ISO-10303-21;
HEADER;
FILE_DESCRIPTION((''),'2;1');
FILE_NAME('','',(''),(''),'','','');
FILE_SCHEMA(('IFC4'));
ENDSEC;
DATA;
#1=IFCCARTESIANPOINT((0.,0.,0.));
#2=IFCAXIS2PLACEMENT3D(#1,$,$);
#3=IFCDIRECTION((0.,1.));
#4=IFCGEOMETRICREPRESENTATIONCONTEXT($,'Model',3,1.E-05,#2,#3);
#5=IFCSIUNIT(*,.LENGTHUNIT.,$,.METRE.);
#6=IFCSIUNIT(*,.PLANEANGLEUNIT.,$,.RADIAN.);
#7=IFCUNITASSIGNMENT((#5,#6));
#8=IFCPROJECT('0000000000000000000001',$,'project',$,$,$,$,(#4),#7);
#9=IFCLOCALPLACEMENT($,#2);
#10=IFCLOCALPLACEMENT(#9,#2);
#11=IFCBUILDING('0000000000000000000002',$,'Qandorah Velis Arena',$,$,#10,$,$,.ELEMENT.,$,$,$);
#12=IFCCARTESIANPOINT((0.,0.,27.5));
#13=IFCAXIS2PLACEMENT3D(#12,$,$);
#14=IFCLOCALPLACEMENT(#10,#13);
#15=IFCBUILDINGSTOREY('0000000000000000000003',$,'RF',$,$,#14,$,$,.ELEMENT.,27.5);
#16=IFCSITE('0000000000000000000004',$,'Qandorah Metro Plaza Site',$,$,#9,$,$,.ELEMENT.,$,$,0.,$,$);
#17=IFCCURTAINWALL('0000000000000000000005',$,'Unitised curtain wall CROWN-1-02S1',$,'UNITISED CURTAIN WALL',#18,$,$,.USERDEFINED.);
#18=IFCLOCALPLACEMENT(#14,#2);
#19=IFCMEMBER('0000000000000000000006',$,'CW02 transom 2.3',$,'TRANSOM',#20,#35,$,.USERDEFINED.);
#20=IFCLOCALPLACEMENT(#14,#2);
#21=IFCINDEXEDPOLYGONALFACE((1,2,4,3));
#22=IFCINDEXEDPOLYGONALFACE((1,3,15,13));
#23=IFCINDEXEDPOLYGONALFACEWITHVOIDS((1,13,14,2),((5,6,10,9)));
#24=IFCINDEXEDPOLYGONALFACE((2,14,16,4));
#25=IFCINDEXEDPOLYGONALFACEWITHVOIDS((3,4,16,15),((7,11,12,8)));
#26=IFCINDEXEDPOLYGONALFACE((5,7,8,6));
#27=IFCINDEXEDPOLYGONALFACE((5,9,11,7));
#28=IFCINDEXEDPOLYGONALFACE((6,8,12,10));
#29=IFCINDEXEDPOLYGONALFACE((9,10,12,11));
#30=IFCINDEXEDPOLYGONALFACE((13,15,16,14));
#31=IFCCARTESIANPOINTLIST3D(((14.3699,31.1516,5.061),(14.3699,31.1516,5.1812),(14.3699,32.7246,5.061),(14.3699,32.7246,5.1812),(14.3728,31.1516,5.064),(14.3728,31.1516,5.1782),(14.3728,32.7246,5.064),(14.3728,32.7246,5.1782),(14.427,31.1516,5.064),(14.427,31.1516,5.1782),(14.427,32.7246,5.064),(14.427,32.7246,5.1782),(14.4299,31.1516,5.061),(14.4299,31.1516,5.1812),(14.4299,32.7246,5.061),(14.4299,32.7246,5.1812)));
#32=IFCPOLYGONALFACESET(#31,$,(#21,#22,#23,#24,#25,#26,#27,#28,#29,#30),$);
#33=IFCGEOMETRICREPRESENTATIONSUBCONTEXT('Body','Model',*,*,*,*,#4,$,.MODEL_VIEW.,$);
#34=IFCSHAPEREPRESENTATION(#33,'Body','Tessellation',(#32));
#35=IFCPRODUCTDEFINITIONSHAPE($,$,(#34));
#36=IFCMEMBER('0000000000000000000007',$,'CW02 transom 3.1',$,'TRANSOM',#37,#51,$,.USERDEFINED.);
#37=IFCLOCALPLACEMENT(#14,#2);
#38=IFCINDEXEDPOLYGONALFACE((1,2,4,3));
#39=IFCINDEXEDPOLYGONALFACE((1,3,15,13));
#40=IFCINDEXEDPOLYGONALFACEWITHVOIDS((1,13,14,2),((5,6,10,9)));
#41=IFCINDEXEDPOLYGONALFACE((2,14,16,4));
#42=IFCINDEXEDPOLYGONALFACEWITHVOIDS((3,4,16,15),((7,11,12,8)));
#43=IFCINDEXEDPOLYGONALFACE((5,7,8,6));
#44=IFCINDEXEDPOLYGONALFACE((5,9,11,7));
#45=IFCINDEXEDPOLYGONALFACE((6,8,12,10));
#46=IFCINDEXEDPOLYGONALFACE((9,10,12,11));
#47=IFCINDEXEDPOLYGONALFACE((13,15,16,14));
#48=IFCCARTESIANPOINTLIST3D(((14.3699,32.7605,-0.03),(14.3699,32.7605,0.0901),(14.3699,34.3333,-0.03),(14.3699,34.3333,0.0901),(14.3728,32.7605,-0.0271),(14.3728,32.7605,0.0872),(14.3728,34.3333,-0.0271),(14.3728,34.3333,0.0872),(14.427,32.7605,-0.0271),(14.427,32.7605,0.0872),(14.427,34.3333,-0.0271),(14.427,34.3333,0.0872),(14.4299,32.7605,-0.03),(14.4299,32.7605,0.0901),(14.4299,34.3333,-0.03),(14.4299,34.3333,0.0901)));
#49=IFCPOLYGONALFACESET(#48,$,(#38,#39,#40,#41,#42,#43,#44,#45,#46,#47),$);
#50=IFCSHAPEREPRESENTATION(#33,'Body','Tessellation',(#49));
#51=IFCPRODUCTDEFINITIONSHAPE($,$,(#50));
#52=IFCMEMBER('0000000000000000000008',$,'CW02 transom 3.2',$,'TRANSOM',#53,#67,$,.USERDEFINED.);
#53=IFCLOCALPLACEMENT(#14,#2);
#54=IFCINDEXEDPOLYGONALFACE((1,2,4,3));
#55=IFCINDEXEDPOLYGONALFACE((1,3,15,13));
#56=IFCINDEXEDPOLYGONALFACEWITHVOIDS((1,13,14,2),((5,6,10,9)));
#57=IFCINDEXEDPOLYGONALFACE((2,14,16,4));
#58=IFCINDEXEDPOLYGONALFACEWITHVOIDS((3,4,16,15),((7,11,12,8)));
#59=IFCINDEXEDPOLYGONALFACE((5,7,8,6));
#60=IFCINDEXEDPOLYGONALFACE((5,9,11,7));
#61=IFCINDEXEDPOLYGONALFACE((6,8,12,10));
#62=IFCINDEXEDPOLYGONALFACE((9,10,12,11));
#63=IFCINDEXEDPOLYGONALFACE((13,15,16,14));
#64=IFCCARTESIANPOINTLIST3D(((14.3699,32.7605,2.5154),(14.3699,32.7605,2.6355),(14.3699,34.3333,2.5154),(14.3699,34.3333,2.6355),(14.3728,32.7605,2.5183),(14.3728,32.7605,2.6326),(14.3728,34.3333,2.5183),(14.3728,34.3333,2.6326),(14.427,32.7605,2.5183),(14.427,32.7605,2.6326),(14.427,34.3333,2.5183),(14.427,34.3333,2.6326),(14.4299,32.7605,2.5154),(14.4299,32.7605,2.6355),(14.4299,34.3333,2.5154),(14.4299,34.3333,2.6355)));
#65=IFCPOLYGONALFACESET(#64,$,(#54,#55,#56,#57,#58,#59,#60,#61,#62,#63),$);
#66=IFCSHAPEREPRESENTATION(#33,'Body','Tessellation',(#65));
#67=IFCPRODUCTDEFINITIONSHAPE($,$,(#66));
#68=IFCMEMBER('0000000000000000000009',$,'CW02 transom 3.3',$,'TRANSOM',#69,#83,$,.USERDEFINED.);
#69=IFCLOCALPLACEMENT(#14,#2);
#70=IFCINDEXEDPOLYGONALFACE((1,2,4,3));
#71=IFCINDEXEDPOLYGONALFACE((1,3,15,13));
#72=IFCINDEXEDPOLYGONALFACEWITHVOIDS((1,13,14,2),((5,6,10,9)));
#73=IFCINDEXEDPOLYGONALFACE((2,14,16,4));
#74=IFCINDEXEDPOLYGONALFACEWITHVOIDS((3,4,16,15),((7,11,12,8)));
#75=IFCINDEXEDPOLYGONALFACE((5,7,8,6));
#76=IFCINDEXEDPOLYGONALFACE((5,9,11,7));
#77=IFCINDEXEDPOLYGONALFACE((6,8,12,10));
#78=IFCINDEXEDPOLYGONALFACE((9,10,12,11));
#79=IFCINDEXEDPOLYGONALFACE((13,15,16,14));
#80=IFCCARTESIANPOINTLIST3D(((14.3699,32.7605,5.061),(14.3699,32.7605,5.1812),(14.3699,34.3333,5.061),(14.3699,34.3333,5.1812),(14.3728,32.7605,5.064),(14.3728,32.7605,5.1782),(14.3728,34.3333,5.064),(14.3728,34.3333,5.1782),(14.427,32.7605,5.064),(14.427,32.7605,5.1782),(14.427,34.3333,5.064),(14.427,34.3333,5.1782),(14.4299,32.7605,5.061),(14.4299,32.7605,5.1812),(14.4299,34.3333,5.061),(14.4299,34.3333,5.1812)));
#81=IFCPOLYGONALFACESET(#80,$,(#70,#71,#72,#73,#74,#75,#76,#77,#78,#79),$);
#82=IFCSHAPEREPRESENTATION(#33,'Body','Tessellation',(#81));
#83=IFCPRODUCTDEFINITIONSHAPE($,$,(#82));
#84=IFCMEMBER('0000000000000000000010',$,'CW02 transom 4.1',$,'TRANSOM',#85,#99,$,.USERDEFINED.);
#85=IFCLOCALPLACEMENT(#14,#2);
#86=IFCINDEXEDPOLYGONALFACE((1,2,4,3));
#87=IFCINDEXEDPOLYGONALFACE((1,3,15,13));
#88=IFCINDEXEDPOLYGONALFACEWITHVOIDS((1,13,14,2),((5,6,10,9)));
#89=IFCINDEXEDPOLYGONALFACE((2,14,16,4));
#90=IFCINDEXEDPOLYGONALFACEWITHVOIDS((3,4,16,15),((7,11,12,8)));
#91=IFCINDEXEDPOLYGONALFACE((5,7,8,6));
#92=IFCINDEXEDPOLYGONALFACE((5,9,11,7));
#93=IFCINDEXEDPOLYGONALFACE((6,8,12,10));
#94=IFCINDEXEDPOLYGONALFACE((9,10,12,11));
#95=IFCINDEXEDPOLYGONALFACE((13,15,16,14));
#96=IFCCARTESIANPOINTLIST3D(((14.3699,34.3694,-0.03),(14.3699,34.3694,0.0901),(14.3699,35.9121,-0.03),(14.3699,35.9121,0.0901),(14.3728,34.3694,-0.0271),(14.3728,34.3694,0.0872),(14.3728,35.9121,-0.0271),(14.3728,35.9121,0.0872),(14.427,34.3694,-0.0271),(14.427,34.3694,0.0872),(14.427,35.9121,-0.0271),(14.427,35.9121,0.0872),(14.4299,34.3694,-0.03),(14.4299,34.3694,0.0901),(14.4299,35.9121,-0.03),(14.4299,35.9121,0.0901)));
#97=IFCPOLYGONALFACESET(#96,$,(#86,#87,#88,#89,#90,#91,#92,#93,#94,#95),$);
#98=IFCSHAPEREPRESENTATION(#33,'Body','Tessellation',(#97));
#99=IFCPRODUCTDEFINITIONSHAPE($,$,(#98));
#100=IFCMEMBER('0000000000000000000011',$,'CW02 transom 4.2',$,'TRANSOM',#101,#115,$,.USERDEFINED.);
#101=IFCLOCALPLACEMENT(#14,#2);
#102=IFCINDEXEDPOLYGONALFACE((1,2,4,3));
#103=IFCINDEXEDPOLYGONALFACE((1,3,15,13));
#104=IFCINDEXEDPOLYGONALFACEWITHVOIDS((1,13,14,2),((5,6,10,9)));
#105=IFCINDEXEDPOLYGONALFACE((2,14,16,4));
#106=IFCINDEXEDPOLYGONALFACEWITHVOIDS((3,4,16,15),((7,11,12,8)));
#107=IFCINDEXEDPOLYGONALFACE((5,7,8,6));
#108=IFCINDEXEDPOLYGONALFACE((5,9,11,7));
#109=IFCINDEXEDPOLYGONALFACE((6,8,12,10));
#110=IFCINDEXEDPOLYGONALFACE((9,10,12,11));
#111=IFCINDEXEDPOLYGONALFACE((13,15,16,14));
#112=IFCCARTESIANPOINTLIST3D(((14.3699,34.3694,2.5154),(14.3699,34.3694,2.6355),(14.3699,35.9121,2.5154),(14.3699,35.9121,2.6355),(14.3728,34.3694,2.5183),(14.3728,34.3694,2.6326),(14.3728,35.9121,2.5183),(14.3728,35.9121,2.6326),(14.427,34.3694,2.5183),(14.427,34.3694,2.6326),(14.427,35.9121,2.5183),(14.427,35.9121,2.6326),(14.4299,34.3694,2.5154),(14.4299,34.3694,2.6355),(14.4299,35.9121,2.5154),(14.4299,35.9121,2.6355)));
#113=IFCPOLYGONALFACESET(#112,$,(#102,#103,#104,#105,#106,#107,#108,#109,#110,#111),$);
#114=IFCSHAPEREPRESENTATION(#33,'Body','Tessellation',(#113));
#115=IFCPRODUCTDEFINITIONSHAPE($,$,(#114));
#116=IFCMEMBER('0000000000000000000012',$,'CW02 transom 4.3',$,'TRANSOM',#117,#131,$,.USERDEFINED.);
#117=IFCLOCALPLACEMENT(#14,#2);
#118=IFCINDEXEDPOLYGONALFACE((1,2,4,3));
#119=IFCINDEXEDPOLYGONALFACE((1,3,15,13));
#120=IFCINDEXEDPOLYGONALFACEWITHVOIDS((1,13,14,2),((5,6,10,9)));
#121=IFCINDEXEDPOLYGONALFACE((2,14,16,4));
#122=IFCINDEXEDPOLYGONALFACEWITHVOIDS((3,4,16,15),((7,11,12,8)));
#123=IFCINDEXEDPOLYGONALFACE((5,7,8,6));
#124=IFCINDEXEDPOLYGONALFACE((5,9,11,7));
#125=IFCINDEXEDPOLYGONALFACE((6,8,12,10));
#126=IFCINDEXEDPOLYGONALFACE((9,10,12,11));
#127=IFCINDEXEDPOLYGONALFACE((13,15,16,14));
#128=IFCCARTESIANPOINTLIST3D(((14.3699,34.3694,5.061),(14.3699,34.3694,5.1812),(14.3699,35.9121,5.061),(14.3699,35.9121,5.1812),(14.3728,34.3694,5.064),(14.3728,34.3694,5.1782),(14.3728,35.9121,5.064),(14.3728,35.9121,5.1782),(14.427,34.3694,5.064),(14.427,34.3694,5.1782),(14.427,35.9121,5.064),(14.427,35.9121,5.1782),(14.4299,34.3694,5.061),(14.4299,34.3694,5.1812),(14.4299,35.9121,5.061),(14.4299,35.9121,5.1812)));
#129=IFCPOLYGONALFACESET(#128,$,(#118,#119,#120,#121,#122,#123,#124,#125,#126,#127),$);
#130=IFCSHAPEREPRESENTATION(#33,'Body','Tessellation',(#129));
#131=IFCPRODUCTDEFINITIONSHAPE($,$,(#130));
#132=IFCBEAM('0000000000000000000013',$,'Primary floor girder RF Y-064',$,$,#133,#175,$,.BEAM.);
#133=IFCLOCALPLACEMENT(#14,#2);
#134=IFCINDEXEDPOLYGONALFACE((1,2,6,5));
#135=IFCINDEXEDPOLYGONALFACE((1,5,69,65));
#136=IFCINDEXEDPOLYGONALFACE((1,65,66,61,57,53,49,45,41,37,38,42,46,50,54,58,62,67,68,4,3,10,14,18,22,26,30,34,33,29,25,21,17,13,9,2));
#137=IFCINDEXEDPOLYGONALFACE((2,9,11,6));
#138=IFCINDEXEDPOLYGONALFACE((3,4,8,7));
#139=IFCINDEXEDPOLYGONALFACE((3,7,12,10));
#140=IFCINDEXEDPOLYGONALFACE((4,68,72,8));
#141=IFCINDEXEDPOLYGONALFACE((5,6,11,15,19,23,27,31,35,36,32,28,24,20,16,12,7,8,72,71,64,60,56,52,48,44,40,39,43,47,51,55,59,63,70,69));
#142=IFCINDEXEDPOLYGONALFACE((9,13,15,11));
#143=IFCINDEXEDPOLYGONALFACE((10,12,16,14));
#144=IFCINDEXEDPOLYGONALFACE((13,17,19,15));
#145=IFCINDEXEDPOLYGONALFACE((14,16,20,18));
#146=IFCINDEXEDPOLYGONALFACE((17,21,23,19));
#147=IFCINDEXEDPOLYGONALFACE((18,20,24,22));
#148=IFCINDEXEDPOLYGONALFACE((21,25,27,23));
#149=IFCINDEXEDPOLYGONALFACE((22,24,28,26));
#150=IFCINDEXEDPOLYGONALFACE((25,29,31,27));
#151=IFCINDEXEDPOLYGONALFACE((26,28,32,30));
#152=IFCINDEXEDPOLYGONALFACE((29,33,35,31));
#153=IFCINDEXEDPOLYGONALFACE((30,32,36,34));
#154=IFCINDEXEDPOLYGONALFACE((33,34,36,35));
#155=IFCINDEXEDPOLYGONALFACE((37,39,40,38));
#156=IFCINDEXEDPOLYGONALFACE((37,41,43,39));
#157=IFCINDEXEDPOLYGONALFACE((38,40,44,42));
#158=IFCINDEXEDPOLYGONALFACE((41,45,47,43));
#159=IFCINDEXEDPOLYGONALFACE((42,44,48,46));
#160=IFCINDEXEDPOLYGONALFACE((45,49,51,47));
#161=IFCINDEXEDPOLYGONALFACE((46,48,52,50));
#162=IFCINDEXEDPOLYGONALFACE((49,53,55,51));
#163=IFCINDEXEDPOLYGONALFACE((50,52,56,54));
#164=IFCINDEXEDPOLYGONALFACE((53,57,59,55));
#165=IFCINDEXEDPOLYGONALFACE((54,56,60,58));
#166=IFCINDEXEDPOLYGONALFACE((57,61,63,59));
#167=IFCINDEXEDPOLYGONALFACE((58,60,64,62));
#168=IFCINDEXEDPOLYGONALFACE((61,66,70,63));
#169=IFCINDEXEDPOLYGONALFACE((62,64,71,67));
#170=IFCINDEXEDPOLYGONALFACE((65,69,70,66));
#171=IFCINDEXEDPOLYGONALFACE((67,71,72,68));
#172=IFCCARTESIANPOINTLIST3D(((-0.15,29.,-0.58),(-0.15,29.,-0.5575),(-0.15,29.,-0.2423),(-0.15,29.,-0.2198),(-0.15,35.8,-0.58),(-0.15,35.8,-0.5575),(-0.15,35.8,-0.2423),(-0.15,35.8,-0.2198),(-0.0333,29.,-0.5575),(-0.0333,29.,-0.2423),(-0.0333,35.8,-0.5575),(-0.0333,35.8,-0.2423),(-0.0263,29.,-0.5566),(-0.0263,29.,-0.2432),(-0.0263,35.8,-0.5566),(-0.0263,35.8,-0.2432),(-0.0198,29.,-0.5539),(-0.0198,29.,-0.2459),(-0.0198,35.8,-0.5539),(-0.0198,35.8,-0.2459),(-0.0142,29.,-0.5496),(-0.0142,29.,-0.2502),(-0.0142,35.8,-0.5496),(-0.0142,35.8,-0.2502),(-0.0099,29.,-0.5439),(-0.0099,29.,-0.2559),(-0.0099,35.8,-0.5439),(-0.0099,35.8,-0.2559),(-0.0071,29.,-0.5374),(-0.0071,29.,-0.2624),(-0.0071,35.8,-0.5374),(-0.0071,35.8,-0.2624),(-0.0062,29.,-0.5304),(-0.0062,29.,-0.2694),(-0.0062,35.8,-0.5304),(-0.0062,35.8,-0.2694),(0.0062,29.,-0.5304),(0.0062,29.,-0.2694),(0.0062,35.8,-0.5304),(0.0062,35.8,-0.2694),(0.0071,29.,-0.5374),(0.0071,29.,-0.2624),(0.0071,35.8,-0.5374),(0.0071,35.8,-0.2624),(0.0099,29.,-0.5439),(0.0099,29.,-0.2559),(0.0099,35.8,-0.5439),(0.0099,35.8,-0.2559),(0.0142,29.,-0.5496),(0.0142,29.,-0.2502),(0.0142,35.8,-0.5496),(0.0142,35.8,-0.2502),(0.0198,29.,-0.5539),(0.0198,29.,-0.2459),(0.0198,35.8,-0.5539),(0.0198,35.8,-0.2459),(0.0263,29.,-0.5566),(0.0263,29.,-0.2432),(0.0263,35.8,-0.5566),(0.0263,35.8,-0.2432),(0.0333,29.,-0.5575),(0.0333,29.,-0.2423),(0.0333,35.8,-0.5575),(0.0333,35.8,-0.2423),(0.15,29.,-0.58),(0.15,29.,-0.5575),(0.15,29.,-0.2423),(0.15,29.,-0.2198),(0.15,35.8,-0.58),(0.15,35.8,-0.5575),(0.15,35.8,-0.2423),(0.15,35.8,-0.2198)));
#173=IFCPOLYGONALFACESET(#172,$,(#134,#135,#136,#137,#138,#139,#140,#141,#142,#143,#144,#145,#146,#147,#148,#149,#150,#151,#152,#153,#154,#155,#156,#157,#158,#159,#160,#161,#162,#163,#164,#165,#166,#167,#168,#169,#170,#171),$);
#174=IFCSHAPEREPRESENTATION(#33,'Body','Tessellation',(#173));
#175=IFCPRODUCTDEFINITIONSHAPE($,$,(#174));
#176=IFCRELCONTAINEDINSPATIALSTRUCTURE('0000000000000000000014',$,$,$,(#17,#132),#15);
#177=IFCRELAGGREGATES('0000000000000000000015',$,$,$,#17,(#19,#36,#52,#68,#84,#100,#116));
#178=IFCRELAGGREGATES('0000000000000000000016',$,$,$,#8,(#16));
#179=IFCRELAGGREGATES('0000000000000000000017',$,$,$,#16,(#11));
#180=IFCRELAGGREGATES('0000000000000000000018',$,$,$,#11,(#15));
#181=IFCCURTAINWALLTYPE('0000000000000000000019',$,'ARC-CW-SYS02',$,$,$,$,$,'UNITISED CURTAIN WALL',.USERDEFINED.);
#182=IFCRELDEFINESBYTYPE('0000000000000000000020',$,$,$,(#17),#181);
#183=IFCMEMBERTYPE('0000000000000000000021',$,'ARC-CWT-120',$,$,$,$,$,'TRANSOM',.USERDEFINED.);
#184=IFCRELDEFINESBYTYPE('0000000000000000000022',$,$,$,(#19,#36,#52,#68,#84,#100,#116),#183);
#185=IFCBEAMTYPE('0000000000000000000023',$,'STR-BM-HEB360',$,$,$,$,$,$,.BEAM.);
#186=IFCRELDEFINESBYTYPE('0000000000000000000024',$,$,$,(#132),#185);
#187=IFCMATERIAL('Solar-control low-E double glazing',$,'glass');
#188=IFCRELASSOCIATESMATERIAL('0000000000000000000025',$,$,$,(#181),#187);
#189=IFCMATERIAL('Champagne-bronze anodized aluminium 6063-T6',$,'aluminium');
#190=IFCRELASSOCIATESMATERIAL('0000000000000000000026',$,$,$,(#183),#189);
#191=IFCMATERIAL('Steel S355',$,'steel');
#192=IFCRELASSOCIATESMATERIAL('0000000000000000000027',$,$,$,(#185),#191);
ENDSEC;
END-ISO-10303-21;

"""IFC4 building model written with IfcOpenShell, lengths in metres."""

from ifc_helpers import new_model, si_unit, direction, frame, origin, origin_2d, place, context, subcontext, project, spatial, hollow_rectangle, i_section, extrude, material, material_profile, profile_set, type_object, element, aggregate, save


model = new_model("IFC4")

# Units and contexts
model_context = context("Model", 3, precision=1e-05, world=origin(), true_north=direction((0.0, 1.0)))
body_context = subcontext(model_context, "Body", "Model", "MODEL_VIEW")
ifc_project = project(units=[si_unit("LENGTHUNIT", "METRE"), si_unit("PLANEANGLEUNIT", "RADIAN")], contexts=[model_context])

# Site, building, storey
site_placement = place(None, origin())
site = spatial("IfcSite", under=ifc_project, at=site_placement, Name="Qandorah Metro Plaza Site", CompositionType="ELEMENT", RefElevation=0.0)
building_placement = place(site_placement, origin())
building = spatial("IfcBuilding", under=site, at=building_placement, Name="Qandorah Velis Arena", CompositionType="ELEMENT")
storey_placement = place(building_placement, frame((0.0, 0.0, 27.5)))
storey = spatial("IfcBuildingStorey", under=building, at=storey_placement, Name="RF", CompositionType="ELEMENT", Elevation=27.5)

# Curtain wall
ifc_material_1 = material(Name="Solar-control low-E double glazing", Category="glass")
curtain_wall_type_1 = type_object("IfcCurtainWallType", Name="ARC-CW-SYS02", ElementType="UNITISED CURTAIN WALL", PredefinedType="USERDEFINED", material=ifc_material_1)
curtain_wall_1_placement = place(storey_placement, origin())
curtain_wall_1 = element("IfcCurtainWall", 1, at=curtain_wall_1_placement, inside=storey, type_object=curtain_wall_type_1, Name="Unitised curtain wall CROWN-1-02S1", ObjectType="UNITISED CURTAIN WALL", PredefinedType="USERDEFINED")
ifc_material_2 = material(Name="Champagne-bronze anodized aluminium 6063-T6", Category="aluminium")

# Members
ifc_material_profile_1 = material_profile(ifc_material_2, hollow_rectangle(XDim=0.0601, YDim=0.1201, WallThickness=0.0029, at=origin_2d()), Name="ALU TRANSOM 60x120")
ifc_profile_set_1 = profile_set([ifc_material_profile_1], Name="Champagne-bronze anodized aluminium 6063-T6")
member_type_1 = type_object("IfcMemberType", Name="ARC-CWT-120", ElementType="TRANSOM", PredefinedType="USERDEFINED", material=ifc_profile_set_1)
member_1_placement = place(storey_placement, frame((14.3999, 31.1516, 5.1211), z_axis=(0.0, 1.0, 0.0), x_axis=(-1.0, 0.0, 0.0)))
member_1 = element("IfcMember", 2, at=member_1_placement, type_object=member_type_1, Name="CW02 transom 2.3", ObjectType="TRANSOM", PredefinedType="USERDEFINED", context=body_context, shape_type="SweptSolid", body=[
    extrude(hollow_rectangle(XDim=0.0601, YDim=0.1201, WallThickness=0.0029, at=origin_2d()), origin(), (0.0, 0.0, 1.0), 1.573),
])
member_2_placement = place(storey_placement, frame((14.3999, 32.7605, 0.03), z_axis=(0.0, 1.0, 0.0), x_axis=(-1.0, 0.0, 0.0)))
member_2 = element("IfcMember", 3, at=member_2_placement, type_object=member_type_1, Name="CW02 transom 3.1", ObjectType="TRANSOM", PredefinedType="USERDEFINED", context=body_context, shape_type="SweptSolid", body=[
    extrude(hollow_rectangle(XDim=0.0601, YDim=0.1201, WallThickness=0.0029, at=origin_2d()), origin(), (0.0, 0.0, 1.0), 1.5728),
])
member_3_placement = place(storey_placement, frame((14.3999, 32.7605, 2.5754), z_axis=(0.0, 1.0, 0.0), x_axis=(-1.0, 0.0, 0.0)))
member_3 = element("IfcMember", 4, at=member_3_placement, type_object=member_type_1, Name="CW02 transom 3.2", ObjectType="TRANSOM", PredefinedType="USERDEFINED", context=body_context, shape_type="SweptSolid", body=[
    extrude(hollow_rectangle(XDim=0.0601, YDim=0.1201, WallThickness=0.0029, at=origin_2d()), origin(), (0.0, 0.0, 1.0), 1.5728),
])
member_4_placement = place(storey_placement, frame((14.3999, 32.7605, 5.1211), z_axis=(0.0, 1.0, 0.0), x_axis=(-1.0, 0.0, 0.0)))
member_4 = element("IfcMember", 5, at=member_4_placement, type_object=member_type_1, Name="CW02 transom 3.3", ObjectType="TRANSOM", PredefinedType="USERDEFINED", context=body_context, shape_type="SweptSolid", body=[
    extrude(hollow_rectangle(XDim=0.0601, YDim=0.1201, WallThickness=0.0029, at=origin_2d()), origin(), (0.0, 0.0, 1.0), 1.5728),
])
member_5_placement = place(storey_placement, frame((14.3999, 34.3694, 0.03), z_axis=(0.0, 1.0, 0.0), x_axis=(-1.0, 0.0, 0.0)))
member_5 = element("IfcMember", 6, at=member_5_placement, type_object=member_type_1, Name="CW02 transom 4.1", ObjectType="TRANSOM", PredefinedType="USERDEFINED", context=body_context, shape_type="SweptSolid", body=[
    extrude(hollow_rectangle(XDim=0.0601, YDim=0.1201, WallThickness=0.0029, at=origin_2d()), origin(), (0.0, 0.0, 1.0), 1.5427),
])
member_6_placement = place(storey_placement, frame((14.3999, 34.3694, 2.5754), z_axis=(0.0, 1.0, 0.0), x_axis=(-1.0, 0.0, 0.0)))
member_6 = element("IfcMember", 7, at=member_6_placement, type_object=member_type_1, Name="CW02 transom 4.2", ObjectType="TRANSOM", PredefinedType="USERDEFINED", context=body_context, shape_type="SweptSolid", body=[
    extrude(hollow_rectangle(XDim=0.0601, YDim=0.1201, WallThickness=0.0029, at=origin_2d()), origin(), (0.0, 0.0, 1.0), 1.5427),
])
member_7_placement = place(storey_placement, frame((14.3999, 34.3694, 5.1211), z_axis=(0.0, 1.0, 0.0), x_axis=(-1.0, 0.0, 0.0)))
member_7 = element("IfcMember", 8, at=member_7_placement, type_object=member_type_1, Name="CW02 transom 4.3", ObjectType="TRANSOM", PredefinedType="USERDEFINED", context=body_context, shape_type="SweptSolid", body=[
    extrude(hollow_rectangle(XDim=0.0601, YDim=0.1201, WallThickness=0.0029, at=origin_2d()), origin(), (0.0, 0.0, 1.0), 1.5427),
])

# Beam
ifc_material_3 = material(Name="Steel S355", Category="steel")
ifc_material_profile_2 = material_profile(ifc_material_3, i_section(OverallWidth=0.3, OverallDepth=0.3601, WebThickness=0.0125, FlangeThickness=0.0225, FilletRadius=0.0271, at=origin_2d()), Name="HEB 360")
ifc_profile_set_2 = profile_set([ifc_material_profile_2], Name="Steel S355")
beam_type_1 = type_object("IfcBeamType", Name="STR-BM-HEB360", PredefinedType="BEAM", material=ifc_profile_set_2)
for number, where, z_axis, x_axis, name in (
    (9, (0.0, 29.0, -0.3999), (0.0, 1.0, 0.0), (-1.0, 0.0, 0.0), "Primary floor girder RF Y-064"),
):
    element("IfcBeam", number, at=place(storey_placement, frame(where, z_axis=z_axis, x_axis=x_axis)), inside=storey, type_object=beam_type_1, Name=name, PredefinedType="BEAM", context=body_context, shape_type="SweptSolid", body=[
        extrude(i_section(OverallWidth=0.3, OverallDepth=0.3601, WebThickness=0.0125, FlangeThickness=0.0225, FilletRadius=0.0271, at=origin_2d()), origin(), (0.0, 0.0, 1.0), 6.8),
    ])

aggregate(curtain_wall_1, [member_1, member_2, member_3, member_4, member_5, member_6, member_7])

save(model, "model.ifc")
